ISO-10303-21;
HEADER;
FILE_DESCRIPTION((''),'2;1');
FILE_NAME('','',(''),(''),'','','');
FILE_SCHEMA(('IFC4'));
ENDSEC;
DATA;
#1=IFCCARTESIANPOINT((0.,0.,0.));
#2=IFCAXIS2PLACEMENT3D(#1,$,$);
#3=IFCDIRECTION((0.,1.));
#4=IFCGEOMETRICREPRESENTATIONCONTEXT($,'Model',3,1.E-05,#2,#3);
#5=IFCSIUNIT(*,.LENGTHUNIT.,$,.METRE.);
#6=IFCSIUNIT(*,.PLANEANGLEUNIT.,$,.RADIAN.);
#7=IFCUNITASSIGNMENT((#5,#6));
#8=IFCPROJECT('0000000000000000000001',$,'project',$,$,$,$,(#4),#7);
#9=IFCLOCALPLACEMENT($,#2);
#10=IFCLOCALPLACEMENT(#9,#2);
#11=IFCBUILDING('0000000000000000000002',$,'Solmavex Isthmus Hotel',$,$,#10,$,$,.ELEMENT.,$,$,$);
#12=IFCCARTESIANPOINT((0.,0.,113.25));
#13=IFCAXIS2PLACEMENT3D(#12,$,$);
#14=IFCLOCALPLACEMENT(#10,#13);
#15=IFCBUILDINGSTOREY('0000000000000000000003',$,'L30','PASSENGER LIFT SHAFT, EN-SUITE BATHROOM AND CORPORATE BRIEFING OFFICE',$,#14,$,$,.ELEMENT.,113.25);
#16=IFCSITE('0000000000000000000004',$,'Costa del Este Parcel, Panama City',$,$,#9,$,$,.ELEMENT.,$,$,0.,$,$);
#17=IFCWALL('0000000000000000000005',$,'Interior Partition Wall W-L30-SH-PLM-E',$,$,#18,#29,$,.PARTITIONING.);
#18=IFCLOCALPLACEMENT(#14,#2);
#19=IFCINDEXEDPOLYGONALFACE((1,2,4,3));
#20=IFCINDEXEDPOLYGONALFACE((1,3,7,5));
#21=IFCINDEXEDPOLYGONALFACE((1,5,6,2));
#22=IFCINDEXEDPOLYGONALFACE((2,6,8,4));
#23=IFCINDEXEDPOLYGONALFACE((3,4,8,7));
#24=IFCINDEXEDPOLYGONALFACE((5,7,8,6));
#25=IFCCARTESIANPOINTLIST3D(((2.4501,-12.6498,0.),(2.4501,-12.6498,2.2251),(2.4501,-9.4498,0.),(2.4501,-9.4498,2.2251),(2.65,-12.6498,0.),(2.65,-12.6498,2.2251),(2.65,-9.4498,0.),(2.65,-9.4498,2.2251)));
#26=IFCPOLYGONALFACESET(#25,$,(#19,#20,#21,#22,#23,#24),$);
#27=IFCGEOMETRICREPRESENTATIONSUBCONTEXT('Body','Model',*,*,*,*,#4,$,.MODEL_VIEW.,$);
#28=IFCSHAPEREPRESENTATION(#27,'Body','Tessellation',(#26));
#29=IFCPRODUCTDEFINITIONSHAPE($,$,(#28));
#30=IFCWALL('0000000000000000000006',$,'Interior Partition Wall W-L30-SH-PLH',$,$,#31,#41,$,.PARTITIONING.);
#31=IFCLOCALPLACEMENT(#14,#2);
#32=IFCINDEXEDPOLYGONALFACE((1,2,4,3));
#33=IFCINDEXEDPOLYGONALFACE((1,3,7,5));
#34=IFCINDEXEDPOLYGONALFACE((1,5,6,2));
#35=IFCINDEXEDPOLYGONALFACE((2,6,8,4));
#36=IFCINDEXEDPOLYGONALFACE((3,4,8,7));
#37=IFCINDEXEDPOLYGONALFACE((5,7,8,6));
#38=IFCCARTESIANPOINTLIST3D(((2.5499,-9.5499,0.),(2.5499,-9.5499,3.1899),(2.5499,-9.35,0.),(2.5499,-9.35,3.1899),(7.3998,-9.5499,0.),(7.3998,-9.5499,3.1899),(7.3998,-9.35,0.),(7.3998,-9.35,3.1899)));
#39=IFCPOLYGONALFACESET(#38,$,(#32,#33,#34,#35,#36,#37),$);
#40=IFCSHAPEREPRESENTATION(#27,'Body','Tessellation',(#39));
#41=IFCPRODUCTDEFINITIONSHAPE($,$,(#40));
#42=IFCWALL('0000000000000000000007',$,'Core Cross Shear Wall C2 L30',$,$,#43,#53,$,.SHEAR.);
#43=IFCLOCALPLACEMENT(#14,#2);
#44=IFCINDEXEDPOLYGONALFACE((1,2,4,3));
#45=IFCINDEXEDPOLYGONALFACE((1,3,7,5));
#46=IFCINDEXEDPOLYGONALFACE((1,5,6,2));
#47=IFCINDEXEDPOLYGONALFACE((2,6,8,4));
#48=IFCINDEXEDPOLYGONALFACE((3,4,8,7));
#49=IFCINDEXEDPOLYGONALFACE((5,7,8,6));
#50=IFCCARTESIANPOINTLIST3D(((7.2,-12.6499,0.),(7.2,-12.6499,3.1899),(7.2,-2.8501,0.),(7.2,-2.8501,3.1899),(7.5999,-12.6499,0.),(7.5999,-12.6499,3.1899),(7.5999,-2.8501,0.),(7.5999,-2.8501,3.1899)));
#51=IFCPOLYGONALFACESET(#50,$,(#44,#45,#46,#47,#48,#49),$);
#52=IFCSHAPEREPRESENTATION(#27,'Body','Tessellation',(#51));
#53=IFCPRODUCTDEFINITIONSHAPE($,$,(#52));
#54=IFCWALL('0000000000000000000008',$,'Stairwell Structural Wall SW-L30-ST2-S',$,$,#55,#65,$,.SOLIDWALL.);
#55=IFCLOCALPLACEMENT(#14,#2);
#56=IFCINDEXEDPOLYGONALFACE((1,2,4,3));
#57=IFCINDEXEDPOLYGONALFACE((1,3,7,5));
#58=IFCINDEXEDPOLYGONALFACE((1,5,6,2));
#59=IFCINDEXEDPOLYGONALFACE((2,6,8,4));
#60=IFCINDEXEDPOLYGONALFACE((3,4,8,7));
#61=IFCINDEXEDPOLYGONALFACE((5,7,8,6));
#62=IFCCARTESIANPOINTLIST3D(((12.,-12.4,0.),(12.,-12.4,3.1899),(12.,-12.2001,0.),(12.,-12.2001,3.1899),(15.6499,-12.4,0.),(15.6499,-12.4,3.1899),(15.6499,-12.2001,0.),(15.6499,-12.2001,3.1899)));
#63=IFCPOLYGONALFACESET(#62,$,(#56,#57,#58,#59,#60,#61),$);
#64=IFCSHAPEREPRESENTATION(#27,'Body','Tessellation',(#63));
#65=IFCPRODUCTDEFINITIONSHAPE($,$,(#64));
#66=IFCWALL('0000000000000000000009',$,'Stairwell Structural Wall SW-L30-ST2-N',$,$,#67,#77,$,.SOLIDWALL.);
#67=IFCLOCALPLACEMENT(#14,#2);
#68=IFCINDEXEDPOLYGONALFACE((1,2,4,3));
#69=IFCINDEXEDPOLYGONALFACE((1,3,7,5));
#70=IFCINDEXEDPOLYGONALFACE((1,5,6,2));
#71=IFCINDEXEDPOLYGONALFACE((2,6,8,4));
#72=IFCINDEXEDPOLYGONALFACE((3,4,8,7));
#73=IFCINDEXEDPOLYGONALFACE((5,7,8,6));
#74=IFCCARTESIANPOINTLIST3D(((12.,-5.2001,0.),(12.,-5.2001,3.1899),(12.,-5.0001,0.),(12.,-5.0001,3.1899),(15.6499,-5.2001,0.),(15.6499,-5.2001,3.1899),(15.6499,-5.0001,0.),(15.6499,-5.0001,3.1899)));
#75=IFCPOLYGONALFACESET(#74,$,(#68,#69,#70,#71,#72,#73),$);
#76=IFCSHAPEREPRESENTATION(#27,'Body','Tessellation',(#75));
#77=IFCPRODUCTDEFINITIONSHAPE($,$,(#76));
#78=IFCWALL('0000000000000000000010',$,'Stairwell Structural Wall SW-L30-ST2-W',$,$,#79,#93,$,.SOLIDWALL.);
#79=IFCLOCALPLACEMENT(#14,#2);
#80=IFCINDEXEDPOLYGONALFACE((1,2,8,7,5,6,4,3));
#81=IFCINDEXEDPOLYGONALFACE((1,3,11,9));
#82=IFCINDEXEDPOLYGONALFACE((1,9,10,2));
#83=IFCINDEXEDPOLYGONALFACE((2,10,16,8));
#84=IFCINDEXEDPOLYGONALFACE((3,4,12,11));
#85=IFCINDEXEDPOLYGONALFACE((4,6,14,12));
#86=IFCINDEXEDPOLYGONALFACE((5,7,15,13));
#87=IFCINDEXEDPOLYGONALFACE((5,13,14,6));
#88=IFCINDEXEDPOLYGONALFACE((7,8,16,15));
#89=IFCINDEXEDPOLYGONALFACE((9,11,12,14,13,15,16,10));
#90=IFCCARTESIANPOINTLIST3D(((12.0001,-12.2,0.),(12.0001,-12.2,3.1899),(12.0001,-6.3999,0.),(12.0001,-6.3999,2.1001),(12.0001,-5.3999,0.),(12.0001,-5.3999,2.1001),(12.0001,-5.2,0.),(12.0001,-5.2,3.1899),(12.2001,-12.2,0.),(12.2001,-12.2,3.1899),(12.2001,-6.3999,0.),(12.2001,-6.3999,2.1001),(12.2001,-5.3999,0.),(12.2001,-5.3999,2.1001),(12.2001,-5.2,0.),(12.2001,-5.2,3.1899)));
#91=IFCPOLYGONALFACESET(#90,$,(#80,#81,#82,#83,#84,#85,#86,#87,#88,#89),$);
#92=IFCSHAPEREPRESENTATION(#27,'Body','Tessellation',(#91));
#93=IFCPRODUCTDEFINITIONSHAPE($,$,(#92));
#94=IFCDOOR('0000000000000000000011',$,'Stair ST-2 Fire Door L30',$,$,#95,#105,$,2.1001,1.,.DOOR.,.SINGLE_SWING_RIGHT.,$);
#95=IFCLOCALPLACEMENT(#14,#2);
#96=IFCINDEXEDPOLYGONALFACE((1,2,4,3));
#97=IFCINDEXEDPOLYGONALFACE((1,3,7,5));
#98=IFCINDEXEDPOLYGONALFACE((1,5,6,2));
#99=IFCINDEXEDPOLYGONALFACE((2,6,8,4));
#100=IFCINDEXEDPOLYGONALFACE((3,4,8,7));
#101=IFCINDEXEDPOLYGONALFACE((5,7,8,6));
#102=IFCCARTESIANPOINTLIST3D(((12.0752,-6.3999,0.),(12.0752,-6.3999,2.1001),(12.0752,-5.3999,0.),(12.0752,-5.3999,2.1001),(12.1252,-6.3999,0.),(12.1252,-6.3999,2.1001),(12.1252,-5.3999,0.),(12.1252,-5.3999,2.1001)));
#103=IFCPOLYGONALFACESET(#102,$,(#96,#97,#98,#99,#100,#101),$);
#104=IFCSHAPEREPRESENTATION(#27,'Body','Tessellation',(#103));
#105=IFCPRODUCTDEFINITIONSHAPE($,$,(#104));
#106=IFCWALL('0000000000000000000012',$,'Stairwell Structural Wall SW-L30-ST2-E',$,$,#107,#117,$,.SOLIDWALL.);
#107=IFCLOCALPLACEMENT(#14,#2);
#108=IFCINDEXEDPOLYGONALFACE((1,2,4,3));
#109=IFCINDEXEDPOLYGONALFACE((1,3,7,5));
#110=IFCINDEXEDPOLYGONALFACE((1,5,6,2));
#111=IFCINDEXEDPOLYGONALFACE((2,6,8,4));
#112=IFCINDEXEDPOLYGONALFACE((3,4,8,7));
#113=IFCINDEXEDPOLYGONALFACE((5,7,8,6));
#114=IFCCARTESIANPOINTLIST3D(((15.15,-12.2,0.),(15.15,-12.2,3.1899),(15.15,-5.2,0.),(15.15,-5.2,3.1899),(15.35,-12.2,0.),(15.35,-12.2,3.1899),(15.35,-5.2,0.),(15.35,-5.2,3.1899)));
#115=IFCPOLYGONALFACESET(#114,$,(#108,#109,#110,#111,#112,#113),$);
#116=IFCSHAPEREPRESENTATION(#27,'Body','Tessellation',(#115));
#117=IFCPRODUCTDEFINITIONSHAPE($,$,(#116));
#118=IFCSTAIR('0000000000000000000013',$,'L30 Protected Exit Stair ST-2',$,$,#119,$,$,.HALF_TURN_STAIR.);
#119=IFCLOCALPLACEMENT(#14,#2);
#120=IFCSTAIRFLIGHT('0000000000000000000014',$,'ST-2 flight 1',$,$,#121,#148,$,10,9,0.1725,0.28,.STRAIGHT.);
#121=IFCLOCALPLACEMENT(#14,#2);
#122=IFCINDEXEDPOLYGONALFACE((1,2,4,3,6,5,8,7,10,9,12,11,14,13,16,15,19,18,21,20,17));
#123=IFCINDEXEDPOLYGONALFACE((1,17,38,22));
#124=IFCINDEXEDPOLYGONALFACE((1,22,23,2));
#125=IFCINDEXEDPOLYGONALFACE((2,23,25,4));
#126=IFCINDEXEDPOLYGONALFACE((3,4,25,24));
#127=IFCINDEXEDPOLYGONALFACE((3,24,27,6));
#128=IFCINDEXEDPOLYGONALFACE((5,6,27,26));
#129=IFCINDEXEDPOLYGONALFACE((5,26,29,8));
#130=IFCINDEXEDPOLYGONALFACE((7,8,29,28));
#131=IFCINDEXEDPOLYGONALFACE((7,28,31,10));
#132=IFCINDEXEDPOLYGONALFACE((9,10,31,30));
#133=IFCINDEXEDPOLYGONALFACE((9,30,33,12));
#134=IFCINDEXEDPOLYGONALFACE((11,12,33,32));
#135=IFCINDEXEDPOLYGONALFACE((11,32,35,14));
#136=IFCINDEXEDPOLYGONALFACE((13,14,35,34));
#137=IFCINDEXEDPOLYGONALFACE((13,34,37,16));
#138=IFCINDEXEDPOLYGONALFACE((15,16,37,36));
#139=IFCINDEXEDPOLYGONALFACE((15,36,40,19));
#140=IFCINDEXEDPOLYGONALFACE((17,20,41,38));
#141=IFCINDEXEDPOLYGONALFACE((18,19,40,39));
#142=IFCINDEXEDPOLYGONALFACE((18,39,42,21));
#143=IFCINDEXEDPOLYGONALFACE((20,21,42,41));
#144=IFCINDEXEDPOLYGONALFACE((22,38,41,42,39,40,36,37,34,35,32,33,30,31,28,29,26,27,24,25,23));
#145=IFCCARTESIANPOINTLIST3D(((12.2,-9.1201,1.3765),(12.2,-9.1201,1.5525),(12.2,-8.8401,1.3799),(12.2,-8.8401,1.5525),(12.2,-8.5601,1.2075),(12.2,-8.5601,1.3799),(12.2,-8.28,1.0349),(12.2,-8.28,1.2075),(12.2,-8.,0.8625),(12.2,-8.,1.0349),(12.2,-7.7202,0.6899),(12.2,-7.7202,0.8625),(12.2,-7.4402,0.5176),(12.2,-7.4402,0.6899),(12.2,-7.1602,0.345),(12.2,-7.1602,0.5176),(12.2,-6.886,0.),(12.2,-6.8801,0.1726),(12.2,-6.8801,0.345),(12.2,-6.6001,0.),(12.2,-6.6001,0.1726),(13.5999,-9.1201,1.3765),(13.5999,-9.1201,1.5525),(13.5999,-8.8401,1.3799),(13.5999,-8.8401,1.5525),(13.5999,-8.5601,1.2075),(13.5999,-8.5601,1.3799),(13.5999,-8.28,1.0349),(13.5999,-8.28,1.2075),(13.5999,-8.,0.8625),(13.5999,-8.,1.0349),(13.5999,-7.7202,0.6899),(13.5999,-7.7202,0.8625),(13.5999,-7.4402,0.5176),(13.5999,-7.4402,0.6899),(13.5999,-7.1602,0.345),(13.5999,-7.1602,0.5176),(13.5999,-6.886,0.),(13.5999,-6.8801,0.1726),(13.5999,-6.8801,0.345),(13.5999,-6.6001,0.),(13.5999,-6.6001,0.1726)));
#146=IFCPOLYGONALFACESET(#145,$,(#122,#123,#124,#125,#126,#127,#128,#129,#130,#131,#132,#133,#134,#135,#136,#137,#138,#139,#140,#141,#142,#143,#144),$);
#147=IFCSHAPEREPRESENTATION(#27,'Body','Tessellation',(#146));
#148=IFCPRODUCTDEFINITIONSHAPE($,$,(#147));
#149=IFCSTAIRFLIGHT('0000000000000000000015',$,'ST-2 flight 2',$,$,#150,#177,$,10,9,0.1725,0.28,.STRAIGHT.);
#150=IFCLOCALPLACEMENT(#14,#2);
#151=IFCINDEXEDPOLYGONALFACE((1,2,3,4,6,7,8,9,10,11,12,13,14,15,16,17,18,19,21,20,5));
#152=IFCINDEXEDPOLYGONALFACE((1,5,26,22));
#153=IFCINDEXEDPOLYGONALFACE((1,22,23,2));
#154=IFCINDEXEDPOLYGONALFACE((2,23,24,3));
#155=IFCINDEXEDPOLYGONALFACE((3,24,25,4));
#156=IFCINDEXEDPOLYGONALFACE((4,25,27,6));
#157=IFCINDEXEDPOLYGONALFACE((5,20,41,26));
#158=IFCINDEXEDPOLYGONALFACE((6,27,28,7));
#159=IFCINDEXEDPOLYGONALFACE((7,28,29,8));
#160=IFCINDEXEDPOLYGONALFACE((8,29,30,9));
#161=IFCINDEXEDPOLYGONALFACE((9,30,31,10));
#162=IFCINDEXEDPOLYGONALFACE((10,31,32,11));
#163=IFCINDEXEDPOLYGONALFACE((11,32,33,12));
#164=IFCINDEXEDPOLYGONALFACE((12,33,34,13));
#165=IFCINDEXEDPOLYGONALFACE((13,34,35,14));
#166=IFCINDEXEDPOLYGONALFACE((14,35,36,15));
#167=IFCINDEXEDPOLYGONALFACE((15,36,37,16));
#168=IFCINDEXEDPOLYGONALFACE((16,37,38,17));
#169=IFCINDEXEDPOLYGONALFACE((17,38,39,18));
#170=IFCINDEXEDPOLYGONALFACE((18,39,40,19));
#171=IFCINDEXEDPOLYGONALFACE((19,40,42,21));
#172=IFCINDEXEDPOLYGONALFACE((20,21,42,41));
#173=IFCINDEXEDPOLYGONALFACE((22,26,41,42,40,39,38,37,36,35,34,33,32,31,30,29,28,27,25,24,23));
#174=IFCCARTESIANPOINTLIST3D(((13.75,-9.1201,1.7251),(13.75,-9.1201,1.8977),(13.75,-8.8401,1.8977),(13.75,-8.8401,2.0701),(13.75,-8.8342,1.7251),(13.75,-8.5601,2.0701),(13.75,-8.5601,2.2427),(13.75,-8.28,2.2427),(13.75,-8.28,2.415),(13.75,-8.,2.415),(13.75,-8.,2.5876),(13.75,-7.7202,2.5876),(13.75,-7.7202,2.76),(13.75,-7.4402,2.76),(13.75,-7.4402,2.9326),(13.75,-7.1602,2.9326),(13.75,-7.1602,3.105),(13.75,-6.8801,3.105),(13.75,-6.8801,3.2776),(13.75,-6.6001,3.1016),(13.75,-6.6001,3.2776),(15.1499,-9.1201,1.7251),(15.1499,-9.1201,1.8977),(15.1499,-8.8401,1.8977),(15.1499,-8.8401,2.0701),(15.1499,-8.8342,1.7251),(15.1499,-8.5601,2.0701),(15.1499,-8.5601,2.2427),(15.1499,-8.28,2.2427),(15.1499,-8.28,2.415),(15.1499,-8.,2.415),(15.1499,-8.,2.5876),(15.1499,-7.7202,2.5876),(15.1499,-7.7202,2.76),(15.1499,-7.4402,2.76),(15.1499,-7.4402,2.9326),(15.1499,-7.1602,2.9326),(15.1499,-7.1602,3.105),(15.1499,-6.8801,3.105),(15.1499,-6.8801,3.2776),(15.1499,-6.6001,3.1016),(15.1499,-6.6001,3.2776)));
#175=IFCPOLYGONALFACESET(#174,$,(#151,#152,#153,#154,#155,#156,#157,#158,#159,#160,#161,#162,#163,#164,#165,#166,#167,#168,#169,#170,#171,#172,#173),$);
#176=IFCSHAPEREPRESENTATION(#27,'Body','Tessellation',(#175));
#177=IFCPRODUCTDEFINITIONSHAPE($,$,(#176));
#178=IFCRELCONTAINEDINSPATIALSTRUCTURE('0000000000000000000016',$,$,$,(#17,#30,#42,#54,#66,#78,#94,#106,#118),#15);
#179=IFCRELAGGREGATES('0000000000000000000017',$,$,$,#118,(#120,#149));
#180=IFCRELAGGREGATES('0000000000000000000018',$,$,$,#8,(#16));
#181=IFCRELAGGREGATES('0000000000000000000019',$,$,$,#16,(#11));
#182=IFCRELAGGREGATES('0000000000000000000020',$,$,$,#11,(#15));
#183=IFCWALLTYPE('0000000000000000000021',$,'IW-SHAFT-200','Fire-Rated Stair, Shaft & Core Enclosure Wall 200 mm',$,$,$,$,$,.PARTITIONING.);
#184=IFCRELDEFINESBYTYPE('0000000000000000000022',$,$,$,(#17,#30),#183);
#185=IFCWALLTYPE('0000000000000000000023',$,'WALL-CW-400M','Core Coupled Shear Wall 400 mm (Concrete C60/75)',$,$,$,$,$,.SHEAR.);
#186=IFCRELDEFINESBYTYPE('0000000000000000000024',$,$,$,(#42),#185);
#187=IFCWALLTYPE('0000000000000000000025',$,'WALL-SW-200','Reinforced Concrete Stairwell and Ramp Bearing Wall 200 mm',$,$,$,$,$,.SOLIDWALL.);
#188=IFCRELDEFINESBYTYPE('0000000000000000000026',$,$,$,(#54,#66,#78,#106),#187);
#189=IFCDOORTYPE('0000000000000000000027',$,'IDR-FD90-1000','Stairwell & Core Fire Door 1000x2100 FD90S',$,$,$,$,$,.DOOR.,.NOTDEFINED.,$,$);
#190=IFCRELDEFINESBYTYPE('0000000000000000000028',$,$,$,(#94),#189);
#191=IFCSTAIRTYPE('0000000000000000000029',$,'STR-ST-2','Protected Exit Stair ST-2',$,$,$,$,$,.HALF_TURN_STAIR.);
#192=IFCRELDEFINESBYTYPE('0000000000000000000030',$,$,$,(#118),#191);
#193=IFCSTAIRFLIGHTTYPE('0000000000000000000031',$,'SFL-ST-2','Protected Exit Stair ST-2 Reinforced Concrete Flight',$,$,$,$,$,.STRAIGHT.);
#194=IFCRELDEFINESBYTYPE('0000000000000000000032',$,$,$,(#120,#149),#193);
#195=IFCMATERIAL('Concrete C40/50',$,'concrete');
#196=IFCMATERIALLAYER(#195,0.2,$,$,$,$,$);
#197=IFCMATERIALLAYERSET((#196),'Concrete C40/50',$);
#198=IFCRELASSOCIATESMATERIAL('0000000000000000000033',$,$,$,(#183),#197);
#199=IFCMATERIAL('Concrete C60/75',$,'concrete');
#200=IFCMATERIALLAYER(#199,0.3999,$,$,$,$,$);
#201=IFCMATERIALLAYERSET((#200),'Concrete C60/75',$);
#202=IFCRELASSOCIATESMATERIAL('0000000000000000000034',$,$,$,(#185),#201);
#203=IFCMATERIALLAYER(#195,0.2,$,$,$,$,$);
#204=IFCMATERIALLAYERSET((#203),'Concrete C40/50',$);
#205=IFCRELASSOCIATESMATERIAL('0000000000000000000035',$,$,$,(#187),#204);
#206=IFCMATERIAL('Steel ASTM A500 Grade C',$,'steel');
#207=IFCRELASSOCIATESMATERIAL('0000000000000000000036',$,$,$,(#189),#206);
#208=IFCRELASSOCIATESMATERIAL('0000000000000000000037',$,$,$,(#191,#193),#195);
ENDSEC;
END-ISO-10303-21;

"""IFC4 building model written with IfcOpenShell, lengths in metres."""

from ifc_helpers import new_model, si_unit, direction, frame, frame_2d, origin, place, context, subcontext, project, spatial, polyline, rectangle, outline, extrude, material, layer, layer_set, type_object, element, fill, aggregate, save


model = new_model("IFC4")

# Units and contexts
model_context = context("Model", 3, precision=1e-05, world=origin(), true_north=direction((0.0, 1.0)))
body_context = subcontext(model_context, "Body", "Model", "MODEL_VIEW")
ifc_project = project(units=[si_unit("LENGTHUNIT", "METRE"), si_unit("PLANEANGLEUNIT", "RADIAN")], contexts=[model_context])

# Site, building, storey
site_placement = place(None, origin())
site = spatial("IfcSite", under=ifc_project, at=site_placement, Name="Costa del Este Parcel, Panama City", CompositionType="ELEMENT", RefElevation=0.0)
building_placement = place(site_placement, origin())
building = spatial("IfcBuilding", under=site, at=building_placement, Name="Solmavex Isthmus Hotel", CompositionType="ELEMENT")
storey_placement = place(building_placement, frame((0.0, 0.0, 113.25)))
storey = spatial("IfcBuildingStorey", under=building, at=storey_placement, Name="L30", Description="PASSENGER LIFT SHAFT, EN-SUITE BATHROOM AND CORPORATE BRIEFING OFFICE", CompositionType="ELEMENT", Elevation=113.25)

# Shared definitions
ifc_material_1 = material(Name="Concrete C60/75", Category="concrete")

# Shared definitions
ifc_material_2 = material(Name="Concrete C40/50", Category="concrete")

# Shared definitions
ifc_layer_1 = layer(ifc_material_2, 0.2)
ifc_layer_set_1 = layer_set([ifc_layer_1], Name="Concrete C40/50")
wall_type_1 = type_object("IfcWallType", Name="IW-SHAFT-200", Description="Fire-Rated Stair, Shaft & Core Enclosure Wall 200 mm", PredefinedType="PARTITIONING", material=ifc_layer_set_1)
ifc_material_3 = material(Name="Steel ASTM A500 Grade C", Category="steel")

# Walls
for number, where, z_axis, x_axis, name in (
    (1, (2.55, -12.6499, 0.0), (0.0, 0.0, 1.0), (0.0, 1.0, 0.0), "Interior Partition Wall W-L30-SH-PLM-E"),
):
    element("IfcWall", number, at=place(storey_placement, frame(where, z_axis=z_axis, x_axis=x_axis)), inside=storey, type_object=wall_type_1, Name=name, PredefinedType="PARTITIONING", context=body_context, shape_type="SweptSolid", body=[
        extrude(rectangle(XDim=3.2, YDim=0.2, at=frame_2d((1.6001, 0.0))), origin(), (0.0, 0.0, 1.0), 2.2251),
    ])
wall_1_placement = place(storey_placement, frame((2.55, -9.45, 0.0), z_axis=(0.0, 0.0, 1.0), x_axis=(1.0, 0.0, 0.0)))
element("IfcWall", 2, at=wall_1_placement, inside=storey, type_object=wall_type_1, Name="Interior Partition Wall W-L30-SH-PLH", PredefinedType="PARTITIONING", context=body_context, shape_type="SweptSolid", body=[
    extrude(rectangle(XDim=4.8499, YDim=0.2, at=frame_2d((2.4248, 0.0))), origin(), (0.0, 0.0, 1.0), 3.1899),
])
ifc_layer_2 = layer(ifc_material_1, 0.3999)
ifc_layer_set_2 = layer_set([ifc_layer_2], Name="Concrete C60/75")
wall_type_2 = type_object("IfcWallType", Name="WALL-CW-400M", Description="Core Coupled Shear Wall 400 mm (Concrete C60/75)", PredefinedType="SHEAR", material=ifc_layer_set_2)
wall_2_placement = place(storey_placement, frame((7.3999, -12.6499, 0.0), z_axis=(0.0, 0.0, 1.0), x_axis=(0.0, 1.0, 0.0)))
element("IfcWall", 3, at=wall_2_placement, inside=storey, type_object=wall_type_2, Name="Core Cross Shear Wall C2 L30", PredefinedType="SHEAR", context=body_context, shape_type="SweptSolid", body=[
    extrude(rectangle(XDim=9.7998, YDim=0.3999, at=frame_2d((4.8999, 0.0))), origin(), (0.0, 0.0, 1.0), 3.1899),
])
ifc_layer_3 = layer(ifc_material_2, 0.2)
ifc_layer_set_3 = layer_set([ifc_layer_3], Name="Concrete C40/50")
wall_type_3 = type_object("IfcWallType", Name="WALL-SW-200", Description="Reinforced Concrete Stairwell and Ramp Bearing Wall 200 mm", PredefinedType="SOLIDWALL", material=ifc_layer_set_3)
for number, where, z_axis, x_axis, name in (
    (4, (12.0, -12.3, 0.0), (0.0, 0.0, 1.0), (1.0, 0.0, 0.0), "Stairwell Structural Wall SW-L30-ST2-S"),
    (5, (12.0, -5.1001, 0.0), (0.0, 0.0, 1.0), (1.0, 0.0, 0.0), "Stairwell Structural Wall SW-L30-ST2-N"),
):
    element("IfcWall", number, at=place(storey_placement, frame(where, z_axis=z_axis, x_axis=x_axis)), inside=storey, type_object=wall_type_3, Name=name, PredefinedType="SOLIDWALL", context=body_context, shape_type="SweptSolid", body=[
        extrude(rectangle(XDim=3.6499, YDim=0.2, at=frame_2d((1.825, 0.0))), origin(), (0.0, 0.0, 1.0), 3.1899),
    ])

# Wall, opening, door
wall_3_placement = place(storey_placement, frame((12.1001, -12.2, 0.0), z_axis=(0.0, 0.0, 1.0), x_axis=(0.0, 1.0, 0.0)))
wall_3 = element("IfcWall", 6, at=wall_3_placement, inside=storey, type_object=wall_type_3, Name="Stairwell Structural Wall SW-L30-ST2-W", PredefinedType="SOLIDWALL", context=body_context, shape_type="SweptSolid", body=[
    extrude(rectangle(XDim=7.0, YDim=0.2, at=frame_2d((3.5, 0.0))), origin(), (0.0, 0.0, 1.0), 3.1899),
])
opening_1_placement = place(wall_3_placement, frame((5.8, 0.0, 0.0)))
opening_1 = element("IfcOpeningElement", 7, at=opening_1_placement, cuts=wall_3, PredefinedType="OPENING", context=body_context, shape_type="SweptSolid", body=[
    extrude(rectangle(XDim=1.0, YDim=2.1001, at=frame_2d((0.5, 1.05))), frame((0.0, 0.1099, 0.0), z_axis=(0.0, -1.0, 0.0), x_axis=(1.0, 0.0, 0.0)), (0.0, 0.0, 1.0), 0.22),
])
door_type_1 = type_object("IfcDoorType", Name="IDR-FD90-1000", Description="Stairwell & Core Fire Door 1000x2100 FD90S", OperationType="NOTDEFINED", PredefinedType="DOOR", material=ifc_material_3)
door_1_placement = place(opening_1_placement, origin())
door_1 = element("IfcDoor", 8, at=door_1_placement, inside=storey, type_object=door_type_1, Name="Stair ST-2 Fire Door L30", OperationType="SINGLE_SWING_RIGHT", OverallHeight=2.1001, OverallWidth=1.0, PredefinedType="DOOR", context=body_context, shape_type="SweptSolid", body=[
    extrude(rectangle(XDim=1.0, YDim=2.1001, at=frame_2d((0.5, 1.05))), frame((0.0, 0.0249, 0.0), z_axis=(0.0, -1.0, 0.0), x_axis=(1.0, 0.0, 0.0)), (0.0, 0.0, 1.0), 0.05),
])
fill(opening_1, door_1)

# Wall
wall_4_placement = place(storey_placement, frame((15.25, -12.2, 0.0), z_axis=(0.0, 0.0, 1.0), x_axis=(0.0, 1.0, 0.0)))
element("IfcWall", 9, at=wall_4_placement, inside=storey, type_object=wall_type_3, Name="Stairwell Structural Wall SW-L30-ST2-E", PredefinedType="SOLIDWALL", context=body_context, shape_type="SweptSolid", body=[
    extrude(rectangle(XDim=7.0, YDim=0.2, at=frame_2d((3.5, 0.0))), origin(), (0.0, 0.0, 1.0), 3.1899),
])

# Stair, stair flights
stair_type = type_object("IfcStairType", Name="STR-ST-2", Description="Protected Exit Stair ST-2", PredefinedType="HALF_TURN_STAIR", material=ifc_material_2)
stair_placement = place(storey_placement, origin())
stair = element("IfcStair", 10, at=stair_placement, inside=storey, type_object=stair_type, Name="L30 Protected Exit Stair ST-2", PredefinedType="HALF_TURN_STAIR")
stair_flight_type = type_object("IfcStairFlightType", Name="SFL-ST-2", Description="Protected Exit Stair ST-2 Reinforced Concrete Flight", PredefinedType="STRAIGHT", material=ifc_material_2)
stair_flight_1_placement = place(storey_placement, frame((12.8999, -6.6001, 0.0), z_axis=(0.0, 0.0, 1.0), x_axis=(0.0, -1.0, 0.0)))
stair_flight_1 = element("IfcStairFlight", 11, at=stair_flight_1_placement, type_object=stair_flight_type, Name="ST-2 flight 1", NumberOfRisers=10, NumberOfTreads=9, PredefinedType="STRAIGHT", RiserHeight=0.1725, TreadLength=0.28, context=body_context, shape_type="SweptSolid", body=[
    extrude(outline(polyline([(0.0, 0.0), (0.0, 0.1726), (0.28, 0.1726), (0.28, 0.345), (0.5601, 0.345), (0.5601, 0.5176), (0.8401, 0.5176), (0.8401, 0.6899), (1.1201, 0.6899), (1.1201, 0.8625), (1.3999, 0.8625), (1.3999, 1.0349), (1.6799, 1.0349), (1.6799, 1.2075), (1.96, 1.2075), (1.96, 1.3799), (2.24, 1.3799), (2.24, 1.5525), (2.52, 1.5525), (2.52, 1.7251), (2.52, 1.3765), (0.2859, 0.0), (0.0, 0.0)])), frame((0.0, 0.7, 0.0), z_axis=(0.0, -1.0, 0.0), x_axis=(1.0, 0.0, 0.0)), (0.0, 0.0, 1.0), 1.3999),
])
stair_flight_2_placement = place(storey_placement, frame((14.45, -9.1201, 1.7251), z_axis=(0.0, 0.0, 1.0), x_axis=(0.0, 1.0, 0.0)))
stair_flight_2 = element("IfcStairFlight", 12, at=stair_flight_2_placement, type_object=stair_flight_type, Name="ST-2 flight 2", NumberOfRisers=10, NumberOfTreads=9, PredefinedType="STRAIGHT", RiserHeight=0.1725, TreadLength=0.28, context=body_context, shape_type="SweptSolid", body=[
    extrude(outline(polyline([(0.0, 0.0), (0.0, 0.1726), (0.28, 0.1726), (0.28, 0.345), (0.5601, 0.345), (0.5601, 0.5176), (0.8401, 0.5176), (0.8401, 0.6899), (1.1201, 0.6899), (1.1201, 0.8625), (1.3999, 0.8625), (1.3999, 1.0349), (1.6799, 1.0349), (1.6799, 1.2075), (1.96, 1.2075), (1.96, 1.3799), (2.24, 1.3799), (2.24, 1.5525), (2.52, 1.5525), (2.52, 1.7251), (2.52, 1.3765), (0.2859, 0.0), (0.0, 0.0)])), frame((0.0, 0.7, 0.0), z_axis=(0.0, -1.0, 0.0), x_axis=(1.0, 0.0, 0.0)), (0.0, 0.0, 1.0), 1.3999),
])
aggregate(stair, [stair_flight_1, stair_flight_2])

save(model, "model.ifc")
